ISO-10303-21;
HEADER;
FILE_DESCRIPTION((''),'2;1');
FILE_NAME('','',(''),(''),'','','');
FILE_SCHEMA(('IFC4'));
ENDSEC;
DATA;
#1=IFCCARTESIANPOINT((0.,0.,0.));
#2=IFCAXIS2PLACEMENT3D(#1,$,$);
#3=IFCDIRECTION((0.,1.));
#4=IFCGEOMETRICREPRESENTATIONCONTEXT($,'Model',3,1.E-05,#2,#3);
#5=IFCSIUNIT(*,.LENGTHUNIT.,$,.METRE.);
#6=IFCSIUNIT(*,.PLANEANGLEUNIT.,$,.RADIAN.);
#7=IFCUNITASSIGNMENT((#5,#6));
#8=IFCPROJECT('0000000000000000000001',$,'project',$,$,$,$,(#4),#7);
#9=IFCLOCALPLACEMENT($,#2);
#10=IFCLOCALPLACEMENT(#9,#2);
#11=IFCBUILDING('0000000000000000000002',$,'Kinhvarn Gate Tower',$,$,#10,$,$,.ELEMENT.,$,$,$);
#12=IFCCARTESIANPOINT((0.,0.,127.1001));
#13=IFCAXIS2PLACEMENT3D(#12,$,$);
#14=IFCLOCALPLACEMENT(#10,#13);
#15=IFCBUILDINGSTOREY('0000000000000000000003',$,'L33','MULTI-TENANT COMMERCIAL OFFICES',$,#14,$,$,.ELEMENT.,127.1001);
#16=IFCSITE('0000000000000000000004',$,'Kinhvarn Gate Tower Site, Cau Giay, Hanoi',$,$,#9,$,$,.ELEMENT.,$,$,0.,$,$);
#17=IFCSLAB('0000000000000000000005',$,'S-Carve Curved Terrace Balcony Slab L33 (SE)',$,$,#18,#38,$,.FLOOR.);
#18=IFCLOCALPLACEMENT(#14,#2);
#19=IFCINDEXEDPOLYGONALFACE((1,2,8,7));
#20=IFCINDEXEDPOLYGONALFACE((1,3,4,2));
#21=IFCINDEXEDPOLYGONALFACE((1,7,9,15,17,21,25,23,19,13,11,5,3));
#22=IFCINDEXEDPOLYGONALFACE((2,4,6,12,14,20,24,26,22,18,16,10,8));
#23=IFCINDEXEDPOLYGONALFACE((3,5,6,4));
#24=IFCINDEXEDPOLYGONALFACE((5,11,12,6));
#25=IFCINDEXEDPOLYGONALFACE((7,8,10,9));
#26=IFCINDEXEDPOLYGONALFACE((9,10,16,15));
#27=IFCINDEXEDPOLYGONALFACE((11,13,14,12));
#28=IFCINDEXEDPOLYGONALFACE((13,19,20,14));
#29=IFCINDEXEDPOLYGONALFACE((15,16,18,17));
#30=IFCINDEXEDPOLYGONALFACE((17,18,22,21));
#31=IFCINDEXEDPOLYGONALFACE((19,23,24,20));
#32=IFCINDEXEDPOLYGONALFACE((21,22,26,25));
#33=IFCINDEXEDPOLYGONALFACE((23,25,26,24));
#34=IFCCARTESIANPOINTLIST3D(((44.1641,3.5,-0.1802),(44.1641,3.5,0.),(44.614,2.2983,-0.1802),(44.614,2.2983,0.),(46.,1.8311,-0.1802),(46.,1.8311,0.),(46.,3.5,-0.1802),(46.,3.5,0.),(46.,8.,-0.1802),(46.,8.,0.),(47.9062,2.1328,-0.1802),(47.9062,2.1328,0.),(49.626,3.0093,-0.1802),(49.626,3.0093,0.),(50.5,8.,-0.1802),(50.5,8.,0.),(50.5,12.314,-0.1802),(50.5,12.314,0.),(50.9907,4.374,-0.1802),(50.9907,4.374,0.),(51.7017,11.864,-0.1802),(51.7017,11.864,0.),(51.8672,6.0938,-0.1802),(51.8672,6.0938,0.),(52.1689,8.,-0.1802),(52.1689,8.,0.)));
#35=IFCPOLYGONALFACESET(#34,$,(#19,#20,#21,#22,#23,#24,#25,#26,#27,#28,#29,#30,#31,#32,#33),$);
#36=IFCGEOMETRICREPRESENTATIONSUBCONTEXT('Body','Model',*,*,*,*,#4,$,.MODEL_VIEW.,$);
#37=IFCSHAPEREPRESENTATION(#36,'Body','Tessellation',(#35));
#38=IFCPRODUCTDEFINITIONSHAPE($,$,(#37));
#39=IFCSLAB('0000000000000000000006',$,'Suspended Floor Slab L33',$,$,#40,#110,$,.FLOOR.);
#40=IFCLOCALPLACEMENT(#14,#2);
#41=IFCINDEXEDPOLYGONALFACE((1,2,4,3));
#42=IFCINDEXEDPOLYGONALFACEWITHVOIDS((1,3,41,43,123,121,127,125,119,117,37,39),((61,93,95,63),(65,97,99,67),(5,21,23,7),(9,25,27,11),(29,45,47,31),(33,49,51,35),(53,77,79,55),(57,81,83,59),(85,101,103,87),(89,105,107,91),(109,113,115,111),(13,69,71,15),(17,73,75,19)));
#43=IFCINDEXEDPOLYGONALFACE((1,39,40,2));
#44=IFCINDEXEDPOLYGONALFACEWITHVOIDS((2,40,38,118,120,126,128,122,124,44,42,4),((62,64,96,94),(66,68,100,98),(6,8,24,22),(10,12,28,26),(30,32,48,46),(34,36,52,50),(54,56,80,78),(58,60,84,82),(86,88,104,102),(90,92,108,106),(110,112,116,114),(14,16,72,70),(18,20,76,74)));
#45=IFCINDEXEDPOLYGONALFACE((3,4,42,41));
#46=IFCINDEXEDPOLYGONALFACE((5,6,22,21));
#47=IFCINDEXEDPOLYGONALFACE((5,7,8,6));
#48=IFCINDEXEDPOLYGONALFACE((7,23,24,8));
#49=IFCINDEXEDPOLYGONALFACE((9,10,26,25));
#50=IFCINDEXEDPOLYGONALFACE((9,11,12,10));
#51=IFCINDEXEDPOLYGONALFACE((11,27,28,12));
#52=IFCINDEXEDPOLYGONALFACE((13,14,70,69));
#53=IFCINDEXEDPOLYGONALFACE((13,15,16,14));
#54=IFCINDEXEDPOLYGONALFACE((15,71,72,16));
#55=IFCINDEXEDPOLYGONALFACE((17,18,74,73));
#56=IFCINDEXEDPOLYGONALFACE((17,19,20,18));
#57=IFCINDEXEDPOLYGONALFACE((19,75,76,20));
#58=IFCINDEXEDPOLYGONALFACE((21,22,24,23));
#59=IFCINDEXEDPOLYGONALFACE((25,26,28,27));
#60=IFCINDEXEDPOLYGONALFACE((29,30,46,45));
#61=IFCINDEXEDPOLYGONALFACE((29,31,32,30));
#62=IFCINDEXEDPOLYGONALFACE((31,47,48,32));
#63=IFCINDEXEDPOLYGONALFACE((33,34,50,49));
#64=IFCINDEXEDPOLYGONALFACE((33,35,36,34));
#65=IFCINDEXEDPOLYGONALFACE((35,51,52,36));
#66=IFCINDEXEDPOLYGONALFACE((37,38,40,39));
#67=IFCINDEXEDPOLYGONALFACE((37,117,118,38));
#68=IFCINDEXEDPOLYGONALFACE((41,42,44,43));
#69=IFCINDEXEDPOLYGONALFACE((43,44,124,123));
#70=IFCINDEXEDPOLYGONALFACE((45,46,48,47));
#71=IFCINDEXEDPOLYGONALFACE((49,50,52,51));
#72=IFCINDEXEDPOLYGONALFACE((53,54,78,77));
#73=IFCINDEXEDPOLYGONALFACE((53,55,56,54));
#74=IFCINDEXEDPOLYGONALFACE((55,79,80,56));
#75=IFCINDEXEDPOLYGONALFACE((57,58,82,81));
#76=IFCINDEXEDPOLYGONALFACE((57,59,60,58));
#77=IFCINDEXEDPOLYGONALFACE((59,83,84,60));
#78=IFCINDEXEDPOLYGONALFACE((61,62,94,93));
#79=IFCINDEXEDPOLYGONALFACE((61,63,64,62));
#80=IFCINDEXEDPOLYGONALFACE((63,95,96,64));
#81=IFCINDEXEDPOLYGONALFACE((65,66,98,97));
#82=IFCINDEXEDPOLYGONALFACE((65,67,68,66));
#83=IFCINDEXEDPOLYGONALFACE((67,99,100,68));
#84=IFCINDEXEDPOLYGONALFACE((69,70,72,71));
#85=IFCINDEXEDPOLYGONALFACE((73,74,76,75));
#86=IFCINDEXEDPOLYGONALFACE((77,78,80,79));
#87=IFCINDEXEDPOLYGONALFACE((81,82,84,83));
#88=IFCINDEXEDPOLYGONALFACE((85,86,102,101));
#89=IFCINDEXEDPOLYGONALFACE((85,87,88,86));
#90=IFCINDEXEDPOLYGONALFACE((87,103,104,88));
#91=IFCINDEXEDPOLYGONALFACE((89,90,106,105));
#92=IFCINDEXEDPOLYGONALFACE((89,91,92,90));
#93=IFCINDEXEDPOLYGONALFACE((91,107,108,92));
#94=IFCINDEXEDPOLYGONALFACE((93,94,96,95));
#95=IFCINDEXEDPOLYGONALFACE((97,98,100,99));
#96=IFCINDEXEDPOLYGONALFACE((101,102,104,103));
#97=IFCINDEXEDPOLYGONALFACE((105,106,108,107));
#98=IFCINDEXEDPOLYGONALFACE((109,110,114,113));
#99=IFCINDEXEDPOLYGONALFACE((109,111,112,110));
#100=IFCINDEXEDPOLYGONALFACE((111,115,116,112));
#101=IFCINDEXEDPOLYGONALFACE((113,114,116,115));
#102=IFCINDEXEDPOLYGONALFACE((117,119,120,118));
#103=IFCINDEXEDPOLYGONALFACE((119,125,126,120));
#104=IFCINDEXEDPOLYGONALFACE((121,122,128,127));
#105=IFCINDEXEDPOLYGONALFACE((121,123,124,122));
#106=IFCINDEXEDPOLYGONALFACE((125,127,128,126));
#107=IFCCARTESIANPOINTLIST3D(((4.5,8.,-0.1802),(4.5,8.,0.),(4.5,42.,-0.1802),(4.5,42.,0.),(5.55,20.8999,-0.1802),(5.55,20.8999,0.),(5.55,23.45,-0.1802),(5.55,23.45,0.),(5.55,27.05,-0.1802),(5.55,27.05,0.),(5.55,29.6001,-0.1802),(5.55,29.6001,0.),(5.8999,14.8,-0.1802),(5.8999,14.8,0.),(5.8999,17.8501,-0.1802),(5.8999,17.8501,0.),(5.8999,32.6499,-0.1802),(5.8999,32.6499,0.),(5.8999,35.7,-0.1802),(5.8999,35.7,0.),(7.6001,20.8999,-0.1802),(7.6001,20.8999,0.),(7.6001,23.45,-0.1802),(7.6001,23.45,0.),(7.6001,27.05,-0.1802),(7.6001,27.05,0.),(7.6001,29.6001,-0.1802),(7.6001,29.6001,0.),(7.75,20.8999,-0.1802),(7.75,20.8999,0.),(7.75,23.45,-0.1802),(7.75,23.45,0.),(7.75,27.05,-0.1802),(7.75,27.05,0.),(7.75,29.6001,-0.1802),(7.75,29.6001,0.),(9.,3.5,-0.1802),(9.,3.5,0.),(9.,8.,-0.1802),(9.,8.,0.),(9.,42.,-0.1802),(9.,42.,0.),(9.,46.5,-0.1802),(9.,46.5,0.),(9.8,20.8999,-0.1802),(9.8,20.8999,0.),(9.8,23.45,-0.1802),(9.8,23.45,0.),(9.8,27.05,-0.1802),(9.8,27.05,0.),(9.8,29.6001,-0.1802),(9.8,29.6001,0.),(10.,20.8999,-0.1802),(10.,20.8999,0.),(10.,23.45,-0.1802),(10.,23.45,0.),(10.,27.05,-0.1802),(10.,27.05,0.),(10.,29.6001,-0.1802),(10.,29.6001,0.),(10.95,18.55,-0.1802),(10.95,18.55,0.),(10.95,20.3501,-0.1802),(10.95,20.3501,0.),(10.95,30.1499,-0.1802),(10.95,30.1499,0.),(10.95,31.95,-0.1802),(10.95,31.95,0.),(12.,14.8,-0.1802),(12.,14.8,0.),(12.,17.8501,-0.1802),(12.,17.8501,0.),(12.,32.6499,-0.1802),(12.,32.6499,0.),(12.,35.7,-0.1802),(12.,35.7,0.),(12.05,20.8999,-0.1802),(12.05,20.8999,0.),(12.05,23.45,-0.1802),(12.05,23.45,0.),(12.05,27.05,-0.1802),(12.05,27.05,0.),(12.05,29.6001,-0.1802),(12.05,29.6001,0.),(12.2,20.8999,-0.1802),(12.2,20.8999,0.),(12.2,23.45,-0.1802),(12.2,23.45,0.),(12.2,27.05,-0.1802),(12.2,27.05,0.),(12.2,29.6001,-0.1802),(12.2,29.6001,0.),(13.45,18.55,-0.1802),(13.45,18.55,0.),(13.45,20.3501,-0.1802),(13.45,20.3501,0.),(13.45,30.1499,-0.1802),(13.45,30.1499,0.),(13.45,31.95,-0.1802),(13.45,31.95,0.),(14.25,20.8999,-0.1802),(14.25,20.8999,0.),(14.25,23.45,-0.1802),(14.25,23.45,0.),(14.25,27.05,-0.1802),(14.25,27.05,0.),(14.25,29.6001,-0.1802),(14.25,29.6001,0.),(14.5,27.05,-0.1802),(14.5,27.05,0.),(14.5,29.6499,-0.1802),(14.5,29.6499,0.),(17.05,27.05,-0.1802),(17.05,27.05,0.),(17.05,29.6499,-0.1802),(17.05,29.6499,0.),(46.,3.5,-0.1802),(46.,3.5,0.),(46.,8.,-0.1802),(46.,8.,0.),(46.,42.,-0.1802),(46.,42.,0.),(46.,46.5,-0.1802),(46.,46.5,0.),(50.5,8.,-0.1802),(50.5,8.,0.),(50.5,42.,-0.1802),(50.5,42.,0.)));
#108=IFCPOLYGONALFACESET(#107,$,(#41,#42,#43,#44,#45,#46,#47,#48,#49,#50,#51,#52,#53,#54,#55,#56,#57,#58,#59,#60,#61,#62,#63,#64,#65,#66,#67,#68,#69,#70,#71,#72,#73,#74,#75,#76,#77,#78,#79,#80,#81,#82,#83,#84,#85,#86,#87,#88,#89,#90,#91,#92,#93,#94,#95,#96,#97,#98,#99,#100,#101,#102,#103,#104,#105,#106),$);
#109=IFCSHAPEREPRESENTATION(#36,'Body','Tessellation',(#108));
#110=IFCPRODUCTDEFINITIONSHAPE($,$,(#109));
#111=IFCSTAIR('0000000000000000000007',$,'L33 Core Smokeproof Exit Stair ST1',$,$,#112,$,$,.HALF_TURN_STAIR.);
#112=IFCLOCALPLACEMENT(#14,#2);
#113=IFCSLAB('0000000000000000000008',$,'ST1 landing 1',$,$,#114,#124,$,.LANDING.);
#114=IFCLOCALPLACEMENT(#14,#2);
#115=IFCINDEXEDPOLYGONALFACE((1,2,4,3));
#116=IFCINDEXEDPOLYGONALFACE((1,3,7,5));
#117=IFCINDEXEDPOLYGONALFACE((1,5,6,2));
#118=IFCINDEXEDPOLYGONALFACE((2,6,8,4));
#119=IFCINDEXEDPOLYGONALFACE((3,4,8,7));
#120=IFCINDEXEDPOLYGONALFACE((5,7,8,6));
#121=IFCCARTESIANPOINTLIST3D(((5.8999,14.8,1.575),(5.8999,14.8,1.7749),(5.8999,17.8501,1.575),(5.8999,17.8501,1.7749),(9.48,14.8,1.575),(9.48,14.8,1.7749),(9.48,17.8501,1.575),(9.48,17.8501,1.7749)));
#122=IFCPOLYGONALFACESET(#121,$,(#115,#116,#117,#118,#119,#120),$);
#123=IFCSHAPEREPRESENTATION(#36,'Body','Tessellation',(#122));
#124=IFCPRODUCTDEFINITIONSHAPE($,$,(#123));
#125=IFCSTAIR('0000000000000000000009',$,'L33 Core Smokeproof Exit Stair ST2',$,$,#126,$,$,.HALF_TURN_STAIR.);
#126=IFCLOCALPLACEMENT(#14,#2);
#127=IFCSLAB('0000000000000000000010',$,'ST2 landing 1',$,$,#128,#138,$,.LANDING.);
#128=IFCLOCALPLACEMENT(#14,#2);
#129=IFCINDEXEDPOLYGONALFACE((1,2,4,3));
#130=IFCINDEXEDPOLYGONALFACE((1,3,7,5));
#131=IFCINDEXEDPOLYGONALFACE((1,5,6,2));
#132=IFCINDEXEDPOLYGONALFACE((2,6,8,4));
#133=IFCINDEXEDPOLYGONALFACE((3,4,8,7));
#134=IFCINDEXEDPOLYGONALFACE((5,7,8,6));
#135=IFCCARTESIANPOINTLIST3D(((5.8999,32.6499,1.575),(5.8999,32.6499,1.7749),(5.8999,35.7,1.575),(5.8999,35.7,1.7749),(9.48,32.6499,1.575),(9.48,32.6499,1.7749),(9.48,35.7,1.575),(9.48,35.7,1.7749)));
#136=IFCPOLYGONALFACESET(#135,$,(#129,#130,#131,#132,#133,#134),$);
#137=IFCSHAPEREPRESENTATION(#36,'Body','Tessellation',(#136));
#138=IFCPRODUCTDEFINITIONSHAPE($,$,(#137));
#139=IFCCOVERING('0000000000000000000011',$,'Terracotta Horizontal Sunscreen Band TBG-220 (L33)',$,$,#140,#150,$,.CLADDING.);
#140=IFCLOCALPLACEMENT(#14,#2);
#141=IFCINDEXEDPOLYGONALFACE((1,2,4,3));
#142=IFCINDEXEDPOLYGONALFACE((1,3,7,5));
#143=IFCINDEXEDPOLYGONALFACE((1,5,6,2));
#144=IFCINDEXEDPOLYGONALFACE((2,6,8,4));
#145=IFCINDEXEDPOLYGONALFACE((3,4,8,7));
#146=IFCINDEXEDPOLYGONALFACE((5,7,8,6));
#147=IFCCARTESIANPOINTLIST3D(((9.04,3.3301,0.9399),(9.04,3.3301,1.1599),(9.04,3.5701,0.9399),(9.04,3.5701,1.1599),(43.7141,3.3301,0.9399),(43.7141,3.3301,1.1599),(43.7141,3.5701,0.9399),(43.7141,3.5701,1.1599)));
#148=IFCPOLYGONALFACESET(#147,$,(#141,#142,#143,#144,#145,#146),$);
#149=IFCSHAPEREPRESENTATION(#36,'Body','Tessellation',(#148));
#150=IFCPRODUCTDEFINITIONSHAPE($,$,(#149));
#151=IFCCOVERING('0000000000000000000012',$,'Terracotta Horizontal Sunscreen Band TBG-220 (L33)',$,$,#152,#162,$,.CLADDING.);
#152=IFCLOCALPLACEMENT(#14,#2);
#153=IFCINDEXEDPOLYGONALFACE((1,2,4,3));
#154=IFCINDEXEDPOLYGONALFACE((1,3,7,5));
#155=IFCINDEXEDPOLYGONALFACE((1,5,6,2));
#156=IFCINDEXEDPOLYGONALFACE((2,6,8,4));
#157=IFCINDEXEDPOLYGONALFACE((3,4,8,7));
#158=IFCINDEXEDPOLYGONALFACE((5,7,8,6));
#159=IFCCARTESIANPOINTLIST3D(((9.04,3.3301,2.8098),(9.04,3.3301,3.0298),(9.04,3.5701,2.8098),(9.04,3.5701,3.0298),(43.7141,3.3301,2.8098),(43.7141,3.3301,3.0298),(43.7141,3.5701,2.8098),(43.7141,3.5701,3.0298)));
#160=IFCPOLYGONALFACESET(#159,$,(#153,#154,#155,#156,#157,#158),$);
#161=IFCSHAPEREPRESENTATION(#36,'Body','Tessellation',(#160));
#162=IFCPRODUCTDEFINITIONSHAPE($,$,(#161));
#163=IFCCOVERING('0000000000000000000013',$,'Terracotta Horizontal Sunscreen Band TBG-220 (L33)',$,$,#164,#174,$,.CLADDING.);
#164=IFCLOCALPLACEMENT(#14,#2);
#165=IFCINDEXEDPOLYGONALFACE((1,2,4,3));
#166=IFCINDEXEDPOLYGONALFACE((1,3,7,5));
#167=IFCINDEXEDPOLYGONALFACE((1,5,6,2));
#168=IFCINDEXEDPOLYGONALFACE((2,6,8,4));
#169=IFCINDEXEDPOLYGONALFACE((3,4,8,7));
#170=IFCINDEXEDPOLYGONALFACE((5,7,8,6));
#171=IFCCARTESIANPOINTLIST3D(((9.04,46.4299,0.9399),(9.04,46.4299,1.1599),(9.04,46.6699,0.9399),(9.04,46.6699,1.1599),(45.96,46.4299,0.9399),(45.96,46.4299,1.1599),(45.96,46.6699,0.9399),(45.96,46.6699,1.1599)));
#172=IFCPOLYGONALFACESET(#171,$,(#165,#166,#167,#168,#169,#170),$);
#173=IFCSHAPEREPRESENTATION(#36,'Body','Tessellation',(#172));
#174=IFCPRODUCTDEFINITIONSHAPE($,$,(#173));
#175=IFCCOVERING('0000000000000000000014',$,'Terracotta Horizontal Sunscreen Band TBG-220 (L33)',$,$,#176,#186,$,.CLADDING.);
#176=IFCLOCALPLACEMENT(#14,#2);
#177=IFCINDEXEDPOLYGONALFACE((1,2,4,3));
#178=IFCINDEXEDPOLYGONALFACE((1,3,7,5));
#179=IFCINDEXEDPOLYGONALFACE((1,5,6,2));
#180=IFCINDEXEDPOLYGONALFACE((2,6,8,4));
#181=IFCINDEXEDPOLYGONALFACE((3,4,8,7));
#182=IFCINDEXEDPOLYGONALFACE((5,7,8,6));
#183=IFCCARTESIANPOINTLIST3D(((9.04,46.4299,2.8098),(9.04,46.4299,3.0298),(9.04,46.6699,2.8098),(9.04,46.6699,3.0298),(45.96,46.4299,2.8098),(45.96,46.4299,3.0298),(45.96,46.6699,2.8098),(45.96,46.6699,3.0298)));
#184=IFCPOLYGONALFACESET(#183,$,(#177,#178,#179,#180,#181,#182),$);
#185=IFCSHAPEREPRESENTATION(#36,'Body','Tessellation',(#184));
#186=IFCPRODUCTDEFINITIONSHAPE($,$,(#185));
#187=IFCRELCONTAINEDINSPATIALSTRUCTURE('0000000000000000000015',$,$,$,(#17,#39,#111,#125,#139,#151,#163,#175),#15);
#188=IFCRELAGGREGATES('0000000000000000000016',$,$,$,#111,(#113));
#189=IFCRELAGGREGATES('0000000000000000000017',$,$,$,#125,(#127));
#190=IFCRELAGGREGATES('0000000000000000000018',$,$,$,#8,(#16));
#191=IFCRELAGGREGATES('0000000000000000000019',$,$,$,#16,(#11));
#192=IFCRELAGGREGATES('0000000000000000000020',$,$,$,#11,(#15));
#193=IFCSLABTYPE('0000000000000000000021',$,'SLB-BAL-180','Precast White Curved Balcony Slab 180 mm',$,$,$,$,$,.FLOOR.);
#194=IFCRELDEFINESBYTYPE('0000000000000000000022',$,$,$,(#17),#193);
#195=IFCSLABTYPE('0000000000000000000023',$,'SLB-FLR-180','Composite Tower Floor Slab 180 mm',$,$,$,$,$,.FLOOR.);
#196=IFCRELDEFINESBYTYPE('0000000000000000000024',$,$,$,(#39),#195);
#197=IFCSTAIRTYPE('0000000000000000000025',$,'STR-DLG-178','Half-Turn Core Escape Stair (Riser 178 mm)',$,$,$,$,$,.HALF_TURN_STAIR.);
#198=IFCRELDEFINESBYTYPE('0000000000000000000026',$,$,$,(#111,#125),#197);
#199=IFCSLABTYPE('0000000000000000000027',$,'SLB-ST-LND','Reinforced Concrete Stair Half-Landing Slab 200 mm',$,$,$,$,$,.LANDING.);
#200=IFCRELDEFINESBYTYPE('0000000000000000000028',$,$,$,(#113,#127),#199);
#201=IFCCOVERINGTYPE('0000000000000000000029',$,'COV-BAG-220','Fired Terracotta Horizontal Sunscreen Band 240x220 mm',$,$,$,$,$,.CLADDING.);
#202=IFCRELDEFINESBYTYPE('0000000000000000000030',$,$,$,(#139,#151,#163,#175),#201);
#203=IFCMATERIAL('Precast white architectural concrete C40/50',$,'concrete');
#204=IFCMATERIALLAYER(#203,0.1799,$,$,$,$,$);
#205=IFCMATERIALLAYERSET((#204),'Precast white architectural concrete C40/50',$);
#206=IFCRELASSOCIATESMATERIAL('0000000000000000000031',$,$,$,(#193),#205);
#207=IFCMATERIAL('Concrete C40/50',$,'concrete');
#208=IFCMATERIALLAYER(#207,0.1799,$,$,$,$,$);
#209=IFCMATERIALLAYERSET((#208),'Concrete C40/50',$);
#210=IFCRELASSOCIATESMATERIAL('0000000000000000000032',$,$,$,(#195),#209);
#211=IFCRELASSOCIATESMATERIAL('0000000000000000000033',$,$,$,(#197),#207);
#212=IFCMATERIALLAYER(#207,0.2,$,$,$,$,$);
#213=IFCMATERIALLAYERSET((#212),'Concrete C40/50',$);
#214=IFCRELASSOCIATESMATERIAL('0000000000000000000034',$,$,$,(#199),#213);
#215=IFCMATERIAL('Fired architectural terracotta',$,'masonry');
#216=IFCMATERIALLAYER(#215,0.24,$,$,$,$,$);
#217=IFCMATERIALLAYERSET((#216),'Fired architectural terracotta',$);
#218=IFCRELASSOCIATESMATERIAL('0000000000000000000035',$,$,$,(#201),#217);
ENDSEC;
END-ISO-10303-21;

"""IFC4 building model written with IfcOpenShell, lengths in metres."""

from ifc_helpers import new_model, si_unit, direction, frame, origin, place, context, subcontext, project, spatial, polyline, outline, extrude, material, layer, layer_set, type_object, element, aggregate, save


model = new_model("IFC4")

# Units and contexts
model_context = context("Model", 3, precision=1e-05, world=origin(), true_north=direction((0.0, 1.0)))
body_context = subcontext(model_context, "Body", "Model", "MODEL_VIEW")
ifc_project = project(units=[si_unit("LENGTHUNIT", "METRE"), si_unit("PLANEANGLEUNIT", "RADIAN")], contexts=[model_context])

# Site, building, storey
site_placement = place(None, origin())
site = spatial("IfcSite", under=ifc_project, at=site_placement, Name="Kinhvarn Gate Tower Site, Cau Giay, Hanoi", CompositionType="ELEMENT", RefElevation=0.0)
building_placement = place(site_placement, origin())
building = spatial("IfcBuilding", under=site, at=building_placement, Name="Kinhvarn Gate Tower", CompositionType="ELEMENT")
storey_placement = place(building_placement, frame((0.0, 0.0, 127.1001)))
storey = spatial("IfcBuildingStorey", under=building, at=storey_placement, Name="L33", Description="MULTI-TENANT COMMERCIAL OFFICES", CompositionType="ELEMENT", Elevation=127.1001)

# Slabs
ifc_material_1 = material(Name="Precast white architectural concrete C40/50", Category="concrete")
ifc_layer_1 = layer(ifc_material_1, 0.1799)
ifc_layer_set_1 = layer_set([ifc_layer_1], Name="Precast white architectural concrete C40/50")
slab_type_1 = type_object("IfcSlabType", Name="SLB-BAL-180", Description="Precast White Curved Balcony Slab 180 mm", PredefinedType="FLOOR", material=ifc_layer_set_1)
slab_1_placement = place(storey_placement, frame((0.0, 0.0, -0.1802)))
element("IfcSlab", 1, at=slab_1_placement, inside=storey, type_object=slab_type_1, Name="S-Carve Curved Terrace Balcony Slab L33 (SE)", PredefinedType="FLOOR", context=body_context, shape_type="SweptSolid", body=[
    extrude(outline(polyline([(44.1641, 3.5), (44.614, 2.2983), (46.0, 1.8311), (47.9062, 2.1328), (49.626, 3.0093), (50.9907, 4.374), (51.8672, 6.0938), (52.1689, 8.0), (51.7017, 11.864), (50.5, 12.314), (50.5, 8.0), (46.0, 8.0), (46.0, 3.5), (44.1641, 3.5)])), origin(), (0.0, 0.0, 1.0), 0.1802),
])
ifc_material_2 = material(Name="Concrete C40/50", Category="concrete")
ifc_layer_2 = layer(ifc_material_2, 0.1799)
ifc_layer_set_2 = layer_set([ifc_layer_2], Name="Concrete C40/50")
slab_type_2 = type_object("IfcSlabType", Name="SLB-FLR-180", Description="Composite Tower Floor Slab 180 mm", PredefinedType="FLOOR", material=ifc_layer_set_2)
slab_2_placement = place(storey_placement, frame((0.0, 0.0, -0.1802)))
element("IfcSlab", 2, at=slab_2_placement, inside=storey, type_object=slab_type_2, Name="Suspended Floor Slab L33", PredefinedType="FLOOR", context=body_context, shape_type="SweptSolid", body=[
    extrude(outline(polyline([(9.0, 3.5), (46.0, 3.5), (46.0, 8.0), (50.5, 8.0), (50.5, 42.0), (46.0, 42.0), (46.0, 46.5), (9.0, 46.5), (9.0, 42.0), (4.5, 42.0), (4.5, 8.0), (9.0, 8.0), (9.0, 3.5)]), holes=[polyline([(5.8999, 14.8), (12.0, 14.8), (12.0, 17.8501), (5.8999, 17.8501), (5.8999, 14.8)]), polyline([(5.8999, 32.6499), (12.0, 32.6499), (12.0, 35.7), (5.8999, 35.7), (5.8999, 32.6499)]), polyline([(5.55, 20.8999), (7.6001, 20.8999), (7.6001, 23.45), (5.55, 23.45), (5.55, 20.8999)]), polyline([(7.75, 20.8999), (9.8, 20.8999), (9.8, 23.45), (7.75, 23.45), (7.75, 20.8999)]), polyline([(5.55, 27.05), (7.6001, 27.05), (7.6001, 29.6001), (5.55, 29.6001), (5.55, 27.05)]), polyline([(7.75, 27.05), (9.8, 27.05), (9.8, 29.6001), (7.75, 29.6001), (7.75, 27.05)]), polyline([(10.0, 20.8999), (12.05, 20.8999), (12.05, 23.45), (10.0, 23.45), (10.0, 20.8999)]), polyline([(12.2, 20.8999), (14.25, 20.8999), (14.25, 23.45), (12.2, 23.45), (12.2, 20.8999)]), polyline([(10.0, 27.05), (12.05, 27.05), (12.05, 29.6001), (10.0, 29.6001), (10.0, 27.05)]), polyline([(12.2, 27.05), (14.25, 27.05), (14.25, 29.6001), (12.2, 29.6001), (12.2, 27.05)]), polyline([(14.5, 27.05), (17.05, 27.05), (17.05, 29.6499), (14.5, 29.6499), (14.5, 27.05)]), polyline([(10.95, 18.55), (13.45, 18.55), (13.45, 20.3501), (10.95, 20.3501), (10.95, 18.55)]), polyline([(10.95, 30.1499), (13.45, 30.1499), (13.45, 31.95), (10.95, 31.95), (10.95, 30.1499)])]), origin(), (0.0, 0.0, 1.0), 0.1802),
])

# Stairs, slabs
stair_type = type_object("IfcStairType", Name="STR-DLG-178", Description="Half-Turn Core Escape Stair (Riser 178 mm)", PredefinedType="HALF_TURN_STAIR", material=ifc_material_2)
stair_1_placement = place(storey_placement, origin())
stair_1 = element("IfcStair", 3, at=stair_1_placement, inside=storey, type_object=stair_type, Name="L33 Core Smokeproof Exit Stair ST1", PredefinedType="HALF_TURN_STAIR")
ifc_layer_3 = layer(ifc_material_2, 0.2)
ifc_layer_set_3 = layer_set([ifc_layer_3], Name="Concrete C40/50")
slab_type_3 = type_object("IfcSlabType", Name="SLB-ST-LND", Description="Reinforced Concrete Stair Half-Landing Slab 200 mm", PredefinedType="LANDING", material=ifc_layer_set_3)
slab_3_placement = place(storey_placement, frame((0.0, 0.0, 1.575)))
slab_3 = element("IfcSlab", 4, at=slab_3_placement, type_object=slab_type_3, Name="ST1 landing 1", PredefinedType="LANDING", context=body_context, shape_type="SweptSolid", body=[
    extrude(outline(polyline([(9.48, 17.8501), (5.8999, 17.8501), (5.8999, 14.8), (9.48, 14.8), (9.48, 17.8501)])), origin(), (0.0, 0.0, 1.0), 0.2),
])
aggregate(stair_1, [slab_3])
stair_2_placement = place(storey_placement, origin())
stair_2 = element("IfcStair", 5, at=stair_2_placement, inside=storey, type_object=stair_type, Name="L33 Core Smokeproof Exit Stair ST2", PredefinedType="HALF_TURN_STAIR")
slab_4_placement = place(storey_placement, frame((0.0, 0.0, 1.575)))
slab_4 = element("IfcSlab", 6, at=slab_4_placement, type_object=slab_type_3, Name="ST2 landing 1", PredefinedType="LANDING", context=body_context, shape_type="SweptSolid", body=[
    extrude(outline(polyline([(9.48, 35.7), (5.8999, 35.7), (5.8999, 32.6499), (9.48, 32.6499), (9.48, 35.7)])), origin(), (0.0, 0.0, 1.0), 0.2),
])
aggregate(stair_2, [slab_4])

# Coverings
ifc_material_3 = material(Name="Fired architectural terracotta", Category="masonry")
ifc_layer_4 = layer(ifc_material_3, 0.24)
ifc_layer_set_4 = layer_set([ifc_layer_4], Name="Fired architectural terracotta")
covering_type_1 = type_object("IfcCoveringType", Name="COV-BAG-220", Description="Fired Terracotta Horizontal Sunscreen Band 240x220 mm", PredefinedType="CLADDING", material=ifc_layer_set_4)
for number, where, name in (
    (7, (0.0, 0.0, 0.9399), "Terracotta Horizontal Sunscreen Band TBG-220 (L33)"),
    (8, (0.0, 0.0, 2.8098), "Terracotta Horizontal Sunscreen Band TBG-220 (L33)"),
):
    element("IfcCovering", number, at=place(storey_placement, frame(where)), inside=storey, type_object=covering_type_1, Name=name, PredefinedType="CLADDING", context=body_context, shape_type="SweptSolid", body=[
        extrude(outline(polyline([(9.04, 3.5701), (43.7141, 3.5701), (43.7141, 3.3301), (9.04, 3.3301), (9.04, 3.5701)])), origin(), (0.0, 0.0, 1.0), 0.22),
    ])
for number, where, name in (
    (9, (0.0, 0.0, 0.9399), "Terracotta Horizontal Sunscreen Band TBG-220 (L33)"),
    (10, (0.0, 0.0, 2.8098), "Terracotta Horizontal Sunscreen Band TBG-220 (L33)"),
):
    element("IfcCovering", number, at=place(storey_placement, frame(where)), inside=storey, type_object=covering_type_1, Name=name, PredefinedType="CLADDING", context=body_context, shape_type="SweptSolid", body=[
        extrude(outline(polyline([(45.96, 46.4299), (9.04, 46.4299), (9.04, 46.6699), (45.96, 46.6699), (45.96, 46.4299)])), origin(), (0.0, 0.0, 1.0), 0.22),
    ])

save(model, "model.ifc")
